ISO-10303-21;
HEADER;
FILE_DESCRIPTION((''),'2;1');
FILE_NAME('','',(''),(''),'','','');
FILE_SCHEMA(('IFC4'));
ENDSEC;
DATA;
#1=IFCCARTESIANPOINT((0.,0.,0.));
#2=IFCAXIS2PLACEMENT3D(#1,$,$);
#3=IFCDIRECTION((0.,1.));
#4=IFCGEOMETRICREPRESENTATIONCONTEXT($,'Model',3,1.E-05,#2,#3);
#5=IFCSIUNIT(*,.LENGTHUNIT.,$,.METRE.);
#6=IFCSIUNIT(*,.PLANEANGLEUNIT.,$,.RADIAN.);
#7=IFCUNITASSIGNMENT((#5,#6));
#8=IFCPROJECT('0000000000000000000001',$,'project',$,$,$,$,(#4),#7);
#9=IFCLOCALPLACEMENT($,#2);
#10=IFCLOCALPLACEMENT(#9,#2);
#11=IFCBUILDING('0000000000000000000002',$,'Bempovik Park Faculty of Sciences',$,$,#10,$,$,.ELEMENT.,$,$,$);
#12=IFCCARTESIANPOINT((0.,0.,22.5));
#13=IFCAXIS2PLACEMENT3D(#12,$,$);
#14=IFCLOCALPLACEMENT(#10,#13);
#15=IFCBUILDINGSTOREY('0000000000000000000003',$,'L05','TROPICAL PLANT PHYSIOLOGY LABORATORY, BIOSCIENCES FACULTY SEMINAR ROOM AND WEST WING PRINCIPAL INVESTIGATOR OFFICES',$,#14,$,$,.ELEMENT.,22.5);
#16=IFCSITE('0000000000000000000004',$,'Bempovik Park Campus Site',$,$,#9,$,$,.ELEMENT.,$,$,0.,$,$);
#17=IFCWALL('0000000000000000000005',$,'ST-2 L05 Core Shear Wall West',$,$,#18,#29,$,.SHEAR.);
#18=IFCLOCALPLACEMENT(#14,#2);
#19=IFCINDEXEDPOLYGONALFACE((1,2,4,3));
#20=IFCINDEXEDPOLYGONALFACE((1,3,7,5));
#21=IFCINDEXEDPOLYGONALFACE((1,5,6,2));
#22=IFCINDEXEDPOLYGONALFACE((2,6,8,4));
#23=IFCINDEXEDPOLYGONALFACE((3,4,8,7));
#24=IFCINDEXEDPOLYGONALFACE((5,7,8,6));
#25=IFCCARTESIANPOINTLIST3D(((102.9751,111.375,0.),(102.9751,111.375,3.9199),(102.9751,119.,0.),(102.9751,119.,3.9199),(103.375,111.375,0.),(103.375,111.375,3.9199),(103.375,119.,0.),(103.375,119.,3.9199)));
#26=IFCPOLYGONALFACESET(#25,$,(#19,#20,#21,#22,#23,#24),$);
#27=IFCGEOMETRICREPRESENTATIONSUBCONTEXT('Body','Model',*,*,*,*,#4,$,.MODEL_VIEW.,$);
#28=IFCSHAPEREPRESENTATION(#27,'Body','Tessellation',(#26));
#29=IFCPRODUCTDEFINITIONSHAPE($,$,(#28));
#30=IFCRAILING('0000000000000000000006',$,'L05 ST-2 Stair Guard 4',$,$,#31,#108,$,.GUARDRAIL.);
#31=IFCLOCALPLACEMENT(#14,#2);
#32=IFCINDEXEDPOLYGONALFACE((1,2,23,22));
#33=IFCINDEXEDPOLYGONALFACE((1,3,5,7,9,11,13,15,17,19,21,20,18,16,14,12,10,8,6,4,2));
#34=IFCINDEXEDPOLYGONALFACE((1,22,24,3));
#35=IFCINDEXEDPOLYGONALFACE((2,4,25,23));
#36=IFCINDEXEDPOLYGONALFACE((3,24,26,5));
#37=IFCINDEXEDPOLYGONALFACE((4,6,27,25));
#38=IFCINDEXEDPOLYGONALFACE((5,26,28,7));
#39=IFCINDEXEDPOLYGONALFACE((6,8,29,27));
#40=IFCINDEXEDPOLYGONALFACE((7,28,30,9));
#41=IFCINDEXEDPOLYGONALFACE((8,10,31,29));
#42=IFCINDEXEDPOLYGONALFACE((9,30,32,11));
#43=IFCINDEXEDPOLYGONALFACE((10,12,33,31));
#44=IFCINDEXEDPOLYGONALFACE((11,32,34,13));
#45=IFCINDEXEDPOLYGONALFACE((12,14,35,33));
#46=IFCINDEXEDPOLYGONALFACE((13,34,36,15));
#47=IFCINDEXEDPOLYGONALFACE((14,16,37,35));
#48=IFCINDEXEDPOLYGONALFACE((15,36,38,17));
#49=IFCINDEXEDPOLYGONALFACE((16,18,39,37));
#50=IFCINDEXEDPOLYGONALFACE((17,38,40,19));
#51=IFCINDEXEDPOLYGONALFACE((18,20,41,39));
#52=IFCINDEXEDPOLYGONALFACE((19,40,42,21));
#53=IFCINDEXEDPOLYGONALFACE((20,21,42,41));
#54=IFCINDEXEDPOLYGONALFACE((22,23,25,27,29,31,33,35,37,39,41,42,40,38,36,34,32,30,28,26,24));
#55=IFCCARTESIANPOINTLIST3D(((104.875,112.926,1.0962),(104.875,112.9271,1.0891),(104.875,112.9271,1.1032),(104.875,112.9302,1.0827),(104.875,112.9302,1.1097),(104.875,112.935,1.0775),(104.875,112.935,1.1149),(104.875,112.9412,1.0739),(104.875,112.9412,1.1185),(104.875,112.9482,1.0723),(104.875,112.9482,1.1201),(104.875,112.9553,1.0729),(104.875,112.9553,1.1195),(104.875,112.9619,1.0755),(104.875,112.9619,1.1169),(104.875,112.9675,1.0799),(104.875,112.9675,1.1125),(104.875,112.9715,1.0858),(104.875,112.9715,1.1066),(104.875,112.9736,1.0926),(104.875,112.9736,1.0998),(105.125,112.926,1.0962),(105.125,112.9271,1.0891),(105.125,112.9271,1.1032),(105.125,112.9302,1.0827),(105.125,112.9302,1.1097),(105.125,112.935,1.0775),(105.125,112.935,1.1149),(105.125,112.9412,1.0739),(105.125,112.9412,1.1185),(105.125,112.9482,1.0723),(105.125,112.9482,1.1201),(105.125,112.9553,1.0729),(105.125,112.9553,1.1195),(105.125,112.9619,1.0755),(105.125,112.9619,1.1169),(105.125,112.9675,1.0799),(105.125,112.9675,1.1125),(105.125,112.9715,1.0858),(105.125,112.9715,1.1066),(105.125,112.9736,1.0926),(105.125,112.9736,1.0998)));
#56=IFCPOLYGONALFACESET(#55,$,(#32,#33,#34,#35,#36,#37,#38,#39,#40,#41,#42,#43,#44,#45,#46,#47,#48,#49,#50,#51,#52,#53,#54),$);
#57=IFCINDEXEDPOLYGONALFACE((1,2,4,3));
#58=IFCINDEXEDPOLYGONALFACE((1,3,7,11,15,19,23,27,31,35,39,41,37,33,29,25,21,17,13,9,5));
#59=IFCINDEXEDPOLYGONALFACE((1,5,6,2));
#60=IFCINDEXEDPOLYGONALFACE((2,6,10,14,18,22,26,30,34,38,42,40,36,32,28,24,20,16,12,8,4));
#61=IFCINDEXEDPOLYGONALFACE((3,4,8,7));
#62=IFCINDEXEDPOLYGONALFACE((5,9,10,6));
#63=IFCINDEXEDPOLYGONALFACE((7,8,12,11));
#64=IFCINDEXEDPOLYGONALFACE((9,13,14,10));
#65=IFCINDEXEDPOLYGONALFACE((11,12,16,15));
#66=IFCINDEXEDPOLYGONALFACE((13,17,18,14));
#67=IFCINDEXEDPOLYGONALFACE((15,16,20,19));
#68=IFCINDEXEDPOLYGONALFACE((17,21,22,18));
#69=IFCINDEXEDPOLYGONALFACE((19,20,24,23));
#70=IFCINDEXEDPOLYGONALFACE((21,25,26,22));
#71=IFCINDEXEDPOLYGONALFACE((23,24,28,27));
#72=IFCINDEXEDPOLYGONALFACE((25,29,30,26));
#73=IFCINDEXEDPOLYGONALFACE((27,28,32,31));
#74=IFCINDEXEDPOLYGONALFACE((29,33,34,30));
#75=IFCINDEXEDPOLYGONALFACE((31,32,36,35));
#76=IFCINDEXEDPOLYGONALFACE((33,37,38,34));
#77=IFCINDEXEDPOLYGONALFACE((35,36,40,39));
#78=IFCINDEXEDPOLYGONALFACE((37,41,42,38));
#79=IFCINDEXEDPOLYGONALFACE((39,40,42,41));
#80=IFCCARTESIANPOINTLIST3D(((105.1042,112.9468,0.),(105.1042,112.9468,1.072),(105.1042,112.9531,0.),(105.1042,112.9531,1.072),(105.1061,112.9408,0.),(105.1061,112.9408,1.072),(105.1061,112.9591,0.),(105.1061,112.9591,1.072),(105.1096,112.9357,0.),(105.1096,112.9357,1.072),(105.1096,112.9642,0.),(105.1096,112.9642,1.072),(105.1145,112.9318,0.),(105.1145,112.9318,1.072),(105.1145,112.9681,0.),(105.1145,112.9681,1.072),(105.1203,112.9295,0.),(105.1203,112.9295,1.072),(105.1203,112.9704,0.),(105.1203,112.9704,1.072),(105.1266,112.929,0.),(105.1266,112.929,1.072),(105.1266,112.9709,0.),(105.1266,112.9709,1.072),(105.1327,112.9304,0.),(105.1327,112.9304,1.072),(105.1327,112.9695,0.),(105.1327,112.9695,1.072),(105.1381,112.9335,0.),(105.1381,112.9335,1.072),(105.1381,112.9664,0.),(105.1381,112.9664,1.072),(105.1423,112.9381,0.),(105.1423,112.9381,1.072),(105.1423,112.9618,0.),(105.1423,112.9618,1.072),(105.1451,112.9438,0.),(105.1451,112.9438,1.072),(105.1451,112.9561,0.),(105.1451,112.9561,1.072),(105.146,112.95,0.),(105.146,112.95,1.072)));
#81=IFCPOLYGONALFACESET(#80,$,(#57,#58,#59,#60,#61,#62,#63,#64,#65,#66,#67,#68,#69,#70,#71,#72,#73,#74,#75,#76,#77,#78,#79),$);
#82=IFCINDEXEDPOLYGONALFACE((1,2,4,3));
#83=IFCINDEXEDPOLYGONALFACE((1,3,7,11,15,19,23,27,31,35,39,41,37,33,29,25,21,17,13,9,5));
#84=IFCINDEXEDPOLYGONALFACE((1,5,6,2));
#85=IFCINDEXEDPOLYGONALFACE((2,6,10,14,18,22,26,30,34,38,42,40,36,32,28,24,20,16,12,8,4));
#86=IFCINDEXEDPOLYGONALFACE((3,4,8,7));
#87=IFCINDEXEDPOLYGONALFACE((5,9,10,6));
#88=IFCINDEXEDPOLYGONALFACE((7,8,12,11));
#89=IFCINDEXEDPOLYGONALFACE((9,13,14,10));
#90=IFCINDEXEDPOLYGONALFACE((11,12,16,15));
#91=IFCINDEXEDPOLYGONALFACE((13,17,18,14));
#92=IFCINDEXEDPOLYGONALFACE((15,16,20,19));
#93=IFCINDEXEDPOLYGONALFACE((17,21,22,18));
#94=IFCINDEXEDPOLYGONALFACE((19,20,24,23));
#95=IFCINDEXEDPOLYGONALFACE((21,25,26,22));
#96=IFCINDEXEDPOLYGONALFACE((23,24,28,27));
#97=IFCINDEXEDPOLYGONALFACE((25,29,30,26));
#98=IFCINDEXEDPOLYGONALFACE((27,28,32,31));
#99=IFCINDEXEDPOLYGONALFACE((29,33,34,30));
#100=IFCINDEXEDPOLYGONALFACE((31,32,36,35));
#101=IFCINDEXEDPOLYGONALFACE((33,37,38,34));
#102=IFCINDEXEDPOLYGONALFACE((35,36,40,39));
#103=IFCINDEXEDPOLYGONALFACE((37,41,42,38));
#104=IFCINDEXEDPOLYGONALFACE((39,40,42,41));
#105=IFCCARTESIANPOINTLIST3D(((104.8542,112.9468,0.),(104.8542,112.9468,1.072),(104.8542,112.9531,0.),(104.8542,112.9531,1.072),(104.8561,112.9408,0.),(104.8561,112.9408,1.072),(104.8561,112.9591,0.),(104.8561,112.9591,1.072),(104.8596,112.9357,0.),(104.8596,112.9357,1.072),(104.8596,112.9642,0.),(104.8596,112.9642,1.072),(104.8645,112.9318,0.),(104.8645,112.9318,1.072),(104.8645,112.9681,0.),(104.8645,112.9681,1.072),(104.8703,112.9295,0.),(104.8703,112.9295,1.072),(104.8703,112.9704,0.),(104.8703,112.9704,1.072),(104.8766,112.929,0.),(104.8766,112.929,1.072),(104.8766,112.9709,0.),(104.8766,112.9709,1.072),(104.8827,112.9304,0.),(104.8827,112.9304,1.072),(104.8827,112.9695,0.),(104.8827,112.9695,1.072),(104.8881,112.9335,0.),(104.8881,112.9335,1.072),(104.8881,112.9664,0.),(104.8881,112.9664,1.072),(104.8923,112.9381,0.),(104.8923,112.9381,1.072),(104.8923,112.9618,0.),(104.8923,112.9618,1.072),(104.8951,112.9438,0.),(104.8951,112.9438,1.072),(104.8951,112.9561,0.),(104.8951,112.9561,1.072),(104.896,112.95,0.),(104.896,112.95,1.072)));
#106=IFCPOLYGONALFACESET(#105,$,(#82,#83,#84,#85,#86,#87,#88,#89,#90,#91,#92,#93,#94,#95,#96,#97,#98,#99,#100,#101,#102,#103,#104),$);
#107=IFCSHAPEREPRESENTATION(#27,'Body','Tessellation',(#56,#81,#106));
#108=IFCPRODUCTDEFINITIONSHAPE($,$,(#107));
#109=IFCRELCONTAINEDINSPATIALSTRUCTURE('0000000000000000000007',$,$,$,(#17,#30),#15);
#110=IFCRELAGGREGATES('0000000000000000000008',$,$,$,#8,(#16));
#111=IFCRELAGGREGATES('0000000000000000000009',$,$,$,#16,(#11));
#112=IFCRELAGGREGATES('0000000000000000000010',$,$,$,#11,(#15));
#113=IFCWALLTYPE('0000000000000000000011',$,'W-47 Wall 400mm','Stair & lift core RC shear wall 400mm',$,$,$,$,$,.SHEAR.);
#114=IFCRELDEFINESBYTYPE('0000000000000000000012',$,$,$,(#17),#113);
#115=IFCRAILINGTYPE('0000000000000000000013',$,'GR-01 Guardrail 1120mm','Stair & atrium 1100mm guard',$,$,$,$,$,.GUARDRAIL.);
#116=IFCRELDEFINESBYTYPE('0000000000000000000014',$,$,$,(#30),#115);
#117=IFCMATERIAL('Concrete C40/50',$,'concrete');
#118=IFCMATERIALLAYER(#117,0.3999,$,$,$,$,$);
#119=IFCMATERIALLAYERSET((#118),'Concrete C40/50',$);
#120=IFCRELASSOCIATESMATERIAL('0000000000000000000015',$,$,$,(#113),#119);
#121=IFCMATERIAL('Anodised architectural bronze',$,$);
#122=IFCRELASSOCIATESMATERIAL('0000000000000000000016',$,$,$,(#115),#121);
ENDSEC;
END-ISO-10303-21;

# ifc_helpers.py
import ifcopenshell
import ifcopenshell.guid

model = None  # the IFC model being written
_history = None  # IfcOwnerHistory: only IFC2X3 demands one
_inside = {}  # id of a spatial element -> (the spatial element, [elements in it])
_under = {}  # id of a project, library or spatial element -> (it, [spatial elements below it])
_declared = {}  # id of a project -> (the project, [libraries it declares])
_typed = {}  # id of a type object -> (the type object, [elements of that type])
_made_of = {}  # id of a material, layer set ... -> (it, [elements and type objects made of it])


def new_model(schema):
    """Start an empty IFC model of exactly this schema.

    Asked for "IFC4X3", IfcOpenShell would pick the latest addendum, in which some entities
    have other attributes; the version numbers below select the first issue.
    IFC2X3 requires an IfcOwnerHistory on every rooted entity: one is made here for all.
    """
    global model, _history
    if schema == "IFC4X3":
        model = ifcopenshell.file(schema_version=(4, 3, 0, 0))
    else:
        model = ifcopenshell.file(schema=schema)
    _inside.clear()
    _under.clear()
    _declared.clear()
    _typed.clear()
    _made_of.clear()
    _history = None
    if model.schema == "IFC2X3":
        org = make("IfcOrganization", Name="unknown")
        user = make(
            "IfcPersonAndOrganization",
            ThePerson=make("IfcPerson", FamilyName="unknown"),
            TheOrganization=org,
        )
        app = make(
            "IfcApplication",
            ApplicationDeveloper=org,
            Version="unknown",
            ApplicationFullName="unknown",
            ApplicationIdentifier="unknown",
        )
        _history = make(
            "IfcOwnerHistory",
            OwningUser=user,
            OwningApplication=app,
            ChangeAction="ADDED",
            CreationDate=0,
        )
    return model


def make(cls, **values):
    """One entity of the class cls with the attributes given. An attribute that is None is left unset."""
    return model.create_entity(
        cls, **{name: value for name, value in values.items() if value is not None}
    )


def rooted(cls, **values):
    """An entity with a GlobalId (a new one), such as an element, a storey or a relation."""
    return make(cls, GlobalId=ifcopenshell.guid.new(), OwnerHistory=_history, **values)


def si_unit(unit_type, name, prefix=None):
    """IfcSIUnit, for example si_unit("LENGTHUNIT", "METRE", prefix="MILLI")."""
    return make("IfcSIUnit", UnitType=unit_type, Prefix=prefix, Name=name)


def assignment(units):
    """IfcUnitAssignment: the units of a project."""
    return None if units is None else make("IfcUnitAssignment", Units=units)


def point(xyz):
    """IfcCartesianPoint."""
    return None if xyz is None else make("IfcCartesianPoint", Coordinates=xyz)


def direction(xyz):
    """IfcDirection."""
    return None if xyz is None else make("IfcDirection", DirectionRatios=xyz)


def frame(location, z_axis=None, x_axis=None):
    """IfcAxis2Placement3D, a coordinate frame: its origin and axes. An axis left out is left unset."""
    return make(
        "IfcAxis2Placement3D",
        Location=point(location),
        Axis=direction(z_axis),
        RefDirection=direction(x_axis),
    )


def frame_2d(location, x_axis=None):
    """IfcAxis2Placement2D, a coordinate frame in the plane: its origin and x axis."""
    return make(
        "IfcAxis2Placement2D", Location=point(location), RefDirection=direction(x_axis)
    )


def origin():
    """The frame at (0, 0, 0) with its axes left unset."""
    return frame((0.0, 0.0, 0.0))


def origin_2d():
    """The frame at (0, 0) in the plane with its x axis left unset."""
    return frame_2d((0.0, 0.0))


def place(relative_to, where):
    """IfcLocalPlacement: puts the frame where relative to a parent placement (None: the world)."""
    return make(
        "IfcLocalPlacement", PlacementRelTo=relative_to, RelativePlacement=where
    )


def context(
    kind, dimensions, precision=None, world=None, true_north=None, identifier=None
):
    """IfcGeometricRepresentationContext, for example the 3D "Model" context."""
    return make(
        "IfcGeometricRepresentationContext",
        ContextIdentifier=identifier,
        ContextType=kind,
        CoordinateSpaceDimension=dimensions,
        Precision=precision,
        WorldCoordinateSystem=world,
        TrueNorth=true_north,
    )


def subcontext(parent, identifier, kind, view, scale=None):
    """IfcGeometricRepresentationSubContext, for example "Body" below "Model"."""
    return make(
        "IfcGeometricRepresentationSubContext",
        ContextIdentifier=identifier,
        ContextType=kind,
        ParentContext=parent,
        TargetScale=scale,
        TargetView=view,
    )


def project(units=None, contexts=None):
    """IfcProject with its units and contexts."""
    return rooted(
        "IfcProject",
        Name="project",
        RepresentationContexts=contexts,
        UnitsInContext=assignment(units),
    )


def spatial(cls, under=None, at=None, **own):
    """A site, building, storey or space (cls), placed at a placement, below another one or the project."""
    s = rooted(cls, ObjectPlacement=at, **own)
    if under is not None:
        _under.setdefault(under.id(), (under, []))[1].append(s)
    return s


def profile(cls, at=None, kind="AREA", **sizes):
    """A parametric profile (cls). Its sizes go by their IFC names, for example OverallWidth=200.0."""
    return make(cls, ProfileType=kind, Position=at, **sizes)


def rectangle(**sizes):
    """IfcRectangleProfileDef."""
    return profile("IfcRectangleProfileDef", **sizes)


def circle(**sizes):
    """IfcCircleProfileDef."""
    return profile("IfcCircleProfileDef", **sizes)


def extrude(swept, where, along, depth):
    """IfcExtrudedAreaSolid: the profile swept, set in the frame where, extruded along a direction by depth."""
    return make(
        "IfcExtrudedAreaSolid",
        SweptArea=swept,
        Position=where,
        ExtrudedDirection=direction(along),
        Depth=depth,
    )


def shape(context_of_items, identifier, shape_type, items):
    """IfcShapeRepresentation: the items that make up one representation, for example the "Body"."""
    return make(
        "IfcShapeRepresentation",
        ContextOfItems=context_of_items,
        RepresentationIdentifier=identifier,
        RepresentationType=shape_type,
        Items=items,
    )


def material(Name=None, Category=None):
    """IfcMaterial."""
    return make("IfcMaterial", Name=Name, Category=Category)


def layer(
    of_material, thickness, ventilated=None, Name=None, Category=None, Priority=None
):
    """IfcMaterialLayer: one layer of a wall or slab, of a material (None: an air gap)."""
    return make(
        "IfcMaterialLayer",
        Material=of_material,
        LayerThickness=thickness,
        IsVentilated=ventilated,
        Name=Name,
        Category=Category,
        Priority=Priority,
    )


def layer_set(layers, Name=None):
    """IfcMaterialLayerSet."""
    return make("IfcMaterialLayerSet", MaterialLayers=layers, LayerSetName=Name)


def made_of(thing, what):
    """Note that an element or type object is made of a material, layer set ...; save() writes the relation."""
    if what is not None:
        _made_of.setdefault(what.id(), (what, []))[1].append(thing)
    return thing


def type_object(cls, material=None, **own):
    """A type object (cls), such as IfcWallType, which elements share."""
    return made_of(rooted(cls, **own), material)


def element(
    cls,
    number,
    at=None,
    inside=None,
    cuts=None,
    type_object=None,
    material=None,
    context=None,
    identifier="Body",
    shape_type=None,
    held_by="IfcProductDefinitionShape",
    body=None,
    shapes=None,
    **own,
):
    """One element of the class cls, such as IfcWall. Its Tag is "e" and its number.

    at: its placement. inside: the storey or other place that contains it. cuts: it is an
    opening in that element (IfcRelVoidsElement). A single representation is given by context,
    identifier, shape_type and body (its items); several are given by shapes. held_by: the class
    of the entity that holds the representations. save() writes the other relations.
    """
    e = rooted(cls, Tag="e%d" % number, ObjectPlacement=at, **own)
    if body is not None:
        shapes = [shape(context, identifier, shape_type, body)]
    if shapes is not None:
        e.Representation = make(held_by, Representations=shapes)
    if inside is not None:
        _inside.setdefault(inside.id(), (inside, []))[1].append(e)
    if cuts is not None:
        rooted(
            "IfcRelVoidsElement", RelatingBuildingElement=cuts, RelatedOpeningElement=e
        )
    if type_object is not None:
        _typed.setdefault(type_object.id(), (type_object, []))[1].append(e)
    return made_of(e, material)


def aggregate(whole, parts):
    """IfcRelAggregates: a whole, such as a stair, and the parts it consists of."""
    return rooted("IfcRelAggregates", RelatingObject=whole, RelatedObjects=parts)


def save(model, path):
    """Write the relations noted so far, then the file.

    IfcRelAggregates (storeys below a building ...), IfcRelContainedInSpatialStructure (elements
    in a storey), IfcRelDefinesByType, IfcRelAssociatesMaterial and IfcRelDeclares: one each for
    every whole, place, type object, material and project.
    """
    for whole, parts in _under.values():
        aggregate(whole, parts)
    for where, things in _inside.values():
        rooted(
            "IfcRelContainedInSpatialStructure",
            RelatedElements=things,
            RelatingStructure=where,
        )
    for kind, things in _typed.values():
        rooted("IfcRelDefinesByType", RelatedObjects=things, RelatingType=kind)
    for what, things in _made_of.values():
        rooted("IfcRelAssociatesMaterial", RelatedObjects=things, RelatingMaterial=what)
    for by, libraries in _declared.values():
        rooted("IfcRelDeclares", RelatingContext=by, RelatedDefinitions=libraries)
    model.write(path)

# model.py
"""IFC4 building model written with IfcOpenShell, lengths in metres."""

from ifc_helpers import new_model, si_unit, direction, frame, frame_2d, origin, origin_2d, place, context, subcontext, project, spatial, rectangle, circle, extrude, material, layer, layer_set, type_object, element, save


model = new_model("IFC4")

# Units and contexts
model_context = context("Model", 3, precision=1e-05, world=origin(), true_north=direction((0.0, 1.0)))
body_context = subcontext(model_context, "Body", "Model", "MODEL_VIEW")
ifc_project = project(units=[si_unit("LENGTHUNIT", "METRE"), si_unit("PLANEANGLEUNIT", "RADIAN")], contexts=[model_context])

# Site, building, storey
site_placement = place(None, origin())
site = spatial("IfcSite", under=ifc_project, at=site_placement, Name="Bempovik Park Campus Site", CompositionType="ELEMENT", RefElevation=0.0)
building_placement = place(site_placement, origin())
building = spatial("IfcBuilding", under=site, at=building_placement, Name="Bempovik Park Faculty of Sciences", CompositionType="ELEMENT")
storey_placement = place(building_placement, frame((0.0, 0.0, 22.5)))
storey = spatial("IfcBuildingStorey", under=building, at=storey_placement, Name="L05", Description="TROPICAL PLANT PHYSIOLOGY LABORATORY, BIOSCIENCES FACULTY SEMINAR ROOM AND WEST WING PRINCIPAL INVESTIGATOR OFFICES", CompositionType="ELEMENT", Elevation=22.5)

# Shared definitions
ifc_material_1 = material(Name="Concrete C40/50", Category="concrete")

# Shared definitions
ifc_layer_1 = layer(ifc_material_1, 0.3999)
ifc_layer_set_1 = layer_set([ifc_layer_1], Name="Concrete C40/50")
wall_type_1 = type_object("IfcWallType", Name="W-47 Wall 400mm", Description="Stair & lift core RC shear wall 400mm", PredefinedType="SHEAR", material=ifc_layer_set_1)

# Wall
wall_1_placement = place(storey_placement, frame((103.175, 111.375, 0.0), z_axis=(0.0, 0.0, 1.0), x_axis=(0.0, 1.0, 0.0)))
element("IfcWall", 1, at=wall_1_placement, inside=storey, type_object=wall_type_1, Name="ST-2 L05 Core Shear Wall West", PredefinedType="SHEAR", context=body_context, shape_type="SweptSolid", body=[
    extrude(rectangle(XDim=7.625, YDim=0.3999, at=frame_2d((3.8125, 0.0))), origin(), (0.0, 0.0, 1.0), 3.9199),
])

# Railing
ifc_material_2 = material(Name="Anodised architectural bronze")
railing_type = type_object("IfcRailingType", Name="GR-01 Guardrail 1120mm", Description="Stair & atrium 1100mm guard", PredefinedType="GUARDRAIL", material=ifc_material_2)
railing_placement = place(storey_placement, frame((105.125, 112.95, 0.0)))
element("IfcRailing", 2, at=railing_placement, inside=storey, type_object=railing_type, Name="L05 ST-2 Stair Guard 4", PredefinedType="GUARDRAIL", context=body_context, shape_type="SweptSolid", body=[
    extrude(circle(Radius=0.0239, at=origin_2d()), frame((0.0, 0.0, 1.0962), z_axis=(-1.0, 0.0, 0.0), x_axis=(0.0, -1.0, 0.0)), (0.0, 0.0, 1.0), 0.25),
    extrude(circle(Radius=0.021, at=origin_2d()), origin(), (0.0, 0.0, 1.0), 1.072),
    extrude(circle(Radius=0.021, at=origin_2d()), frame((-0.25, 0.0, 0.0)), (0.0, 0.0, 1.0), 1.072),
])

save(model, "model.ifc")
